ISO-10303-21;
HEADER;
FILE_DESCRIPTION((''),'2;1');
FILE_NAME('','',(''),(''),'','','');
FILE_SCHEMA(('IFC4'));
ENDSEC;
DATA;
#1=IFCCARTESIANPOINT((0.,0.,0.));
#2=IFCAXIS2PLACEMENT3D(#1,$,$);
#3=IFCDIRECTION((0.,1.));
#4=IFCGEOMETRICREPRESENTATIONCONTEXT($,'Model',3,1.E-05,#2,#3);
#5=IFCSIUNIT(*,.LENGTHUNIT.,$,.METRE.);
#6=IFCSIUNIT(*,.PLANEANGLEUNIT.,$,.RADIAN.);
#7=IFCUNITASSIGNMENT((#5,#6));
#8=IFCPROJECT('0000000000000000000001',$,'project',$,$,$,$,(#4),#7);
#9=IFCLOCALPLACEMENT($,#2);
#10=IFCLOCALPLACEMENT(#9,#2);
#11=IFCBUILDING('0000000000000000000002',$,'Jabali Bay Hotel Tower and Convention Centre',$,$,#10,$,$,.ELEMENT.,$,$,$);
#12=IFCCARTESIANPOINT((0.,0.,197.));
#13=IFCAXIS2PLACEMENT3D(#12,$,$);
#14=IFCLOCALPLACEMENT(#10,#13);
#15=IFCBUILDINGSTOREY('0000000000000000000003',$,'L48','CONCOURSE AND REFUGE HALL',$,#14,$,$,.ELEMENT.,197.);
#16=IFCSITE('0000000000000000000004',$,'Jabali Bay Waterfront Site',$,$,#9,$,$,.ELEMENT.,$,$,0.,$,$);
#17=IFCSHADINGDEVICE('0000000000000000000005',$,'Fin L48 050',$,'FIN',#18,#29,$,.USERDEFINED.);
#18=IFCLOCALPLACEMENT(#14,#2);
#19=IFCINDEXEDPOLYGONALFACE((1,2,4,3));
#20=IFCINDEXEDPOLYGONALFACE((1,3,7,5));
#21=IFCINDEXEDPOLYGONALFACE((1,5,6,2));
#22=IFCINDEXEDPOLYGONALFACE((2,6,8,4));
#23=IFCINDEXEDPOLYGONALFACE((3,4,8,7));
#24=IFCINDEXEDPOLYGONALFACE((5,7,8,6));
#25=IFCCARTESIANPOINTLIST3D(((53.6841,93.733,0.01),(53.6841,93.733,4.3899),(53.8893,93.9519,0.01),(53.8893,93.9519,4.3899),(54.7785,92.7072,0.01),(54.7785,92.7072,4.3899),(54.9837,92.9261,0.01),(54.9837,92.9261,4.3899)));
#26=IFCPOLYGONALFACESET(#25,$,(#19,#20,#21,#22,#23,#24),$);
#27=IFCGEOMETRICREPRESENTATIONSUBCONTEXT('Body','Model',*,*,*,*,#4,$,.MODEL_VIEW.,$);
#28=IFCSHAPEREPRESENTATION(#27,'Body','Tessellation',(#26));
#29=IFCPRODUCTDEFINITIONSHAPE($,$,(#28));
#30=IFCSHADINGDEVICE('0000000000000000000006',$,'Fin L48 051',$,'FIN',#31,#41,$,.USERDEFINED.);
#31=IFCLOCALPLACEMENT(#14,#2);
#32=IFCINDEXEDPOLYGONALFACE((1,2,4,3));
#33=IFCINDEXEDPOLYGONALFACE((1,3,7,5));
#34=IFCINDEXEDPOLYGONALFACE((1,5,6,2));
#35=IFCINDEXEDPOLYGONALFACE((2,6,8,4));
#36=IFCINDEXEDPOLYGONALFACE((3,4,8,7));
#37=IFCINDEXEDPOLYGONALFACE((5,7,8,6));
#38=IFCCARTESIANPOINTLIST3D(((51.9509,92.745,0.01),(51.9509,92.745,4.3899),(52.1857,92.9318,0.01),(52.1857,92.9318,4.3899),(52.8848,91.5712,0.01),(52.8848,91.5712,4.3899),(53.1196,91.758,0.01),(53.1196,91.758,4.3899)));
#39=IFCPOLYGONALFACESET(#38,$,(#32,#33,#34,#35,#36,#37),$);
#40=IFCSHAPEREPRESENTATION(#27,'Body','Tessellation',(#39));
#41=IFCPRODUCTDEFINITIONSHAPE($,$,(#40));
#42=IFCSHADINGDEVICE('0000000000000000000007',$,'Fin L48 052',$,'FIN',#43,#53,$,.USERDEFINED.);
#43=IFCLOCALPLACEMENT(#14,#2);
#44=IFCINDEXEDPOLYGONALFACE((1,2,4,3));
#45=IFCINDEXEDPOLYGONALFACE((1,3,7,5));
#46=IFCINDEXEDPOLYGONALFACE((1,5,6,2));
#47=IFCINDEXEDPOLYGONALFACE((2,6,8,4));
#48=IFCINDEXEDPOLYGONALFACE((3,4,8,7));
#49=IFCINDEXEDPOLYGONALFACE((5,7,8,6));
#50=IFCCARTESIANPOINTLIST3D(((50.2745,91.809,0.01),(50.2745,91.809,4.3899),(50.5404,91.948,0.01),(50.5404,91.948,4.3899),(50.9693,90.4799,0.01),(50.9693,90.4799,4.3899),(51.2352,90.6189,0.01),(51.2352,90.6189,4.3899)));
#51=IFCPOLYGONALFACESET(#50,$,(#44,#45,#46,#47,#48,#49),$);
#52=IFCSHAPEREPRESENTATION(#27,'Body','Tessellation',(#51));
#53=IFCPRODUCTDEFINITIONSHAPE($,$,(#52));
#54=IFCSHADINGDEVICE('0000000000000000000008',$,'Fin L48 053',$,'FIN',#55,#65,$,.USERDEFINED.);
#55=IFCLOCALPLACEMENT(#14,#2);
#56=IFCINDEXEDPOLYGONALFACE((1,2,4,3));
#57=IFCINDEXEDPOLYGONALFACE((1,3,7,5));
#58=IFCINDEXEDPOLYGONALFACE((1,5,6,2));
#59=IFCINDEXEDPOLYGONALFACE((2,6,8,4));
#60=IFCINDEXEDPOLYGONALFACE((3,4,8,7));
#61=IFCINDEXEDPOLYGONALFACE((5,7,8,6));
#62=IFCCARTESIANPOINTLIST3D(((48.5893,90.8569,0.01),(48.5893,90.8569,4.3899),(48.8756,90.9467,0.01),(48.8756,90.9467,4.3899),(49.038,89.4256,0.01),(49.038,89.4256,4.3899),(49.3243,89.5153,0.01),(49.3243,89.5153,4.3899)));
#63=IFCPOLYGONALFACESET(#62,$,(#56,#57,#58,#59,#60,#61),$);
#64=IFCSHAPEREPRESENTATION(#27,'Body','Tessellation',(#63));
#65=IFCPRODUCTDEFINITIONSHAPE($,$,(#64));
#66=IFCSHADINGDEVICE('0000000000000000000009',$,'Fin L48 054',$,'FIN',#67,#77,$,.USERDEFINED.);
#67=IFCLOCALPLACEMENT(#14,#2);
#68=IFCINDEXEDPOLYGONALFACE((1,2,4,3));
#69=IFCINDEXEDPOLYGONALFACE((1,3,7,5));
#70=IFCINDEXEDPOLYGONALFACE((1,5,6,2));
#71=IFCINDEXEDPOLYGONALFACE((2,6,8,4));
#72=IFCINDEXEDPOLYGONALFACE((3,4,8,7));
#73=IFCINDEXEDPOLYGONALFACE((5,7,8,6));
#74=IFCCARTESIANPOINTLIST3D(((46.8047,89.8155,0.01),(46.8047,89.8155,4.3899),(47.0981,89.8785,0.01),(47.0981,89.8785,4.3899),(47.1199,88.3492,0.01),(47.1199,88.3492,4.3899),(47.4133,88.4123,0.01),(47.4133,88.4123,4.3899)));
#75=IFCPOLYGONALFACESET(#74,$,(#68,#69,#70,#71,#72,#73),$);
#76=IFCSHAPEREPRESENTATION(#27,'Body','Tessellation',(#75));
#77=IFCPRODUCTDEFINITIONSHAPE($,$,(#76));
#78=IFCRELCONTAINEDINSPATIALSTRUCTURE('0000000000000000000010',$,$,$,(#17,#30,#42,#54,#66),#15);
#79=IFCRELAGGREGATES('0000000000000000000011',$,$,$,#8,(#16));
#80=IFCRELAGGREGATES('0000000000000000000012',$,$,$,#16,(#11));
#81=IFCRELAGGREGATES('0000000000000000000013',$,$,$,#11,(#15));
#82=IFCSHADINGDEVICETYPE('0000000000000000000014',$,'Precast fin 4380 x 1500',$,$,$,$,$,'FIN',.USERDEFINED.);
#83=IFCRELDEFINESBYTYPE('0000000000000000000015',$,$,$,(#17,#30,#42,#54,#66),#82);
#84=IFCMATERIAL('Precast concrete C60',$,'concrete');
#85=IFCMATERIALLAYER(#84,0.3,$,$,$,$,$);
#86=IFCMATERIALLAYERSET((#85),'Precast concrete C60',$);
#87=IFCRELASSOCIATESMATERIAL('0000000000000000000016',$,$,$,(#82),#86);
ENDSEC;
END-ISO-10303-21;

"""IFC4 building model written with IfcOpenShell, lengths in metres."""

from ifc_helpers import new_model, si_unit, direction, frame, frame_2d, origin, place, context, subcontext, project, spatial, rectangle, extrude, material, layer, layer_set, type_object, element, save


model = new_model("IFC4")

# Units and contexts
model_context = context("Model", 3, precision=1e-05, world=origin(), true_north=direction((0.0, 1.0)))
body_context = subcontext(model_context, "Body", "Model", "MODEL_VIEW")
ifc_project = project(units=[si_unit("LENGTHUNIT", "METRE"), si_unit("PLANEANGLEUNIT", "RADIAN")], contexts=[model_context])

# Site, building, storey
site_placement = place(None, origin())
site = spatial("IfcSite", under=ifc_project, at=site_placement, Name="Jabali Bay Waterfront Site", CompositionType="ELEMENT", RefElevation=0.0)
building_placement = place(site_placement, origin())
building = spatial("IfcBuilding", under=site, at=building_placement, Name="Jabali Bay Hotel Tower and Convention Centre", CompositionType="ELEMENT")
storey_placement = place(building_placement, frame((0.0, 0.0, 197.0)))
storey = spatial("IfcBuildingStorey", under=building, at=storey_placement, Name="L48", Description="CONCOURSE AND REFUGE HALL", CompositionType="ELEMENT", Elevation=197.0)

# Shading devices
ifc_material_1 = material(Name="Precast concrete C60", Category="concrete")
ifc_layer_1 = layer(ifc_material_1, 0.3)
ifc_layer_set_1 = layer_set([ifc_layer_1], Name="Precast concrete C60")
shading_device_type = type_object("IfcShadingDeviceType", Name="Precast fin 4380 x 1500", ElementType="FIN", PredefinedType="USERDEFINED", material=ifc_layer_set_1)
for number, where, z_axis, x_axis, name in (
    (1, (54.8811, 92.8167, 0.01), (0.0, 0.0, 1.0), (-0.729603, 0.683871, 0.0), "Fin L48 050"),
    (2, (53.0022, 91.6646, 0.01), (0.0, 0.0, 1.0), (-0.622569, 0.782565, 0.0), "Fin L48 051"),
):
    element("IfcShadingDevice", number, at=place(storey_placement, frame(where, z_axis=z_axis, x_axis=x_axis)), inside=storey, type_object=shading_device_type, Name=name, ObjectType="FIN", PredefinedType="USERDEFINED", context=body_context, shape_type="SweptSolid", body=[
        extrude(rectangle(XDim=1.5, YDim=0.3, at=frame_2d((0.75, 0.0))), origin(), (0.0, 0.0, 1.0), 4.3799),
    ])
shading_device_1_placement = place(storey_placement, frame((51.1023, 90.5493, 0.01), z_axis=(0.0, 0.0, 1.0), x_axis=(-0.463289, 0.886207, 0.0)))
element("IfcShadingDevice", 3, at=shading_device_1_placement, inside=storey, type_object=shading_device_type, Name="Fin L48 052", ObjectType="FIN", PredefinedType="USERDEFINED", context=body_context, shape_type="SweptSolid", body=[
    extrude(rectangle(XDim=1.4998, YDim=0.3, at=frame_2d((0.75, 0.0))), origin(), (0.0, 0.0, 1.0), 4.3799),
])
shading_device_2_placement = place(storey_placement, frame((49.1812, 89.4705, 0.01), z_axis=(0.0, 0.0, 1.0), x_axis=(-0.299137, 0.95421, 0.0)))
element("IfcShadingDevice", 4, at=shading_device_2_placement, inside=storey, type_object=shading_device_type, Name="Fin L48 053", ObjectType="FIN", PredefinedType="USERDEFINED", context=body_context, shape_type="SweptSolid", body=[
    extrude(rectangle(XDim=1.5, YDim=0.3, at=frame_2d((0.75, 0.0))), origin(), (0.0, 0.0, 1.0), 4.3799),
])
shading_device_3_placement = place(storey_placement, frame((47.2666, 88.3806, 0.01), z_axis=(0.0, 0.0, 1.0), x_axis=(-0.210152, 0.977669, 0.0)))
element("IfcShadingDevice", 5, at=shading_device_3_placement, inside=storey, type_object=shading_device_type, Name="Fin L48 054", ObjectType="FIN", PredefinedType="USERDEFINED", context=body_context, shape_type="SweptSolid", body=[
    extrude(rectangle(XDim=1.4998, YDim=0.3, at=frame_2d((0.75, 0.0))), origin(), (0.0, 0.0, 1.0), 4.3799),
])

save(model, "model.ifc")
